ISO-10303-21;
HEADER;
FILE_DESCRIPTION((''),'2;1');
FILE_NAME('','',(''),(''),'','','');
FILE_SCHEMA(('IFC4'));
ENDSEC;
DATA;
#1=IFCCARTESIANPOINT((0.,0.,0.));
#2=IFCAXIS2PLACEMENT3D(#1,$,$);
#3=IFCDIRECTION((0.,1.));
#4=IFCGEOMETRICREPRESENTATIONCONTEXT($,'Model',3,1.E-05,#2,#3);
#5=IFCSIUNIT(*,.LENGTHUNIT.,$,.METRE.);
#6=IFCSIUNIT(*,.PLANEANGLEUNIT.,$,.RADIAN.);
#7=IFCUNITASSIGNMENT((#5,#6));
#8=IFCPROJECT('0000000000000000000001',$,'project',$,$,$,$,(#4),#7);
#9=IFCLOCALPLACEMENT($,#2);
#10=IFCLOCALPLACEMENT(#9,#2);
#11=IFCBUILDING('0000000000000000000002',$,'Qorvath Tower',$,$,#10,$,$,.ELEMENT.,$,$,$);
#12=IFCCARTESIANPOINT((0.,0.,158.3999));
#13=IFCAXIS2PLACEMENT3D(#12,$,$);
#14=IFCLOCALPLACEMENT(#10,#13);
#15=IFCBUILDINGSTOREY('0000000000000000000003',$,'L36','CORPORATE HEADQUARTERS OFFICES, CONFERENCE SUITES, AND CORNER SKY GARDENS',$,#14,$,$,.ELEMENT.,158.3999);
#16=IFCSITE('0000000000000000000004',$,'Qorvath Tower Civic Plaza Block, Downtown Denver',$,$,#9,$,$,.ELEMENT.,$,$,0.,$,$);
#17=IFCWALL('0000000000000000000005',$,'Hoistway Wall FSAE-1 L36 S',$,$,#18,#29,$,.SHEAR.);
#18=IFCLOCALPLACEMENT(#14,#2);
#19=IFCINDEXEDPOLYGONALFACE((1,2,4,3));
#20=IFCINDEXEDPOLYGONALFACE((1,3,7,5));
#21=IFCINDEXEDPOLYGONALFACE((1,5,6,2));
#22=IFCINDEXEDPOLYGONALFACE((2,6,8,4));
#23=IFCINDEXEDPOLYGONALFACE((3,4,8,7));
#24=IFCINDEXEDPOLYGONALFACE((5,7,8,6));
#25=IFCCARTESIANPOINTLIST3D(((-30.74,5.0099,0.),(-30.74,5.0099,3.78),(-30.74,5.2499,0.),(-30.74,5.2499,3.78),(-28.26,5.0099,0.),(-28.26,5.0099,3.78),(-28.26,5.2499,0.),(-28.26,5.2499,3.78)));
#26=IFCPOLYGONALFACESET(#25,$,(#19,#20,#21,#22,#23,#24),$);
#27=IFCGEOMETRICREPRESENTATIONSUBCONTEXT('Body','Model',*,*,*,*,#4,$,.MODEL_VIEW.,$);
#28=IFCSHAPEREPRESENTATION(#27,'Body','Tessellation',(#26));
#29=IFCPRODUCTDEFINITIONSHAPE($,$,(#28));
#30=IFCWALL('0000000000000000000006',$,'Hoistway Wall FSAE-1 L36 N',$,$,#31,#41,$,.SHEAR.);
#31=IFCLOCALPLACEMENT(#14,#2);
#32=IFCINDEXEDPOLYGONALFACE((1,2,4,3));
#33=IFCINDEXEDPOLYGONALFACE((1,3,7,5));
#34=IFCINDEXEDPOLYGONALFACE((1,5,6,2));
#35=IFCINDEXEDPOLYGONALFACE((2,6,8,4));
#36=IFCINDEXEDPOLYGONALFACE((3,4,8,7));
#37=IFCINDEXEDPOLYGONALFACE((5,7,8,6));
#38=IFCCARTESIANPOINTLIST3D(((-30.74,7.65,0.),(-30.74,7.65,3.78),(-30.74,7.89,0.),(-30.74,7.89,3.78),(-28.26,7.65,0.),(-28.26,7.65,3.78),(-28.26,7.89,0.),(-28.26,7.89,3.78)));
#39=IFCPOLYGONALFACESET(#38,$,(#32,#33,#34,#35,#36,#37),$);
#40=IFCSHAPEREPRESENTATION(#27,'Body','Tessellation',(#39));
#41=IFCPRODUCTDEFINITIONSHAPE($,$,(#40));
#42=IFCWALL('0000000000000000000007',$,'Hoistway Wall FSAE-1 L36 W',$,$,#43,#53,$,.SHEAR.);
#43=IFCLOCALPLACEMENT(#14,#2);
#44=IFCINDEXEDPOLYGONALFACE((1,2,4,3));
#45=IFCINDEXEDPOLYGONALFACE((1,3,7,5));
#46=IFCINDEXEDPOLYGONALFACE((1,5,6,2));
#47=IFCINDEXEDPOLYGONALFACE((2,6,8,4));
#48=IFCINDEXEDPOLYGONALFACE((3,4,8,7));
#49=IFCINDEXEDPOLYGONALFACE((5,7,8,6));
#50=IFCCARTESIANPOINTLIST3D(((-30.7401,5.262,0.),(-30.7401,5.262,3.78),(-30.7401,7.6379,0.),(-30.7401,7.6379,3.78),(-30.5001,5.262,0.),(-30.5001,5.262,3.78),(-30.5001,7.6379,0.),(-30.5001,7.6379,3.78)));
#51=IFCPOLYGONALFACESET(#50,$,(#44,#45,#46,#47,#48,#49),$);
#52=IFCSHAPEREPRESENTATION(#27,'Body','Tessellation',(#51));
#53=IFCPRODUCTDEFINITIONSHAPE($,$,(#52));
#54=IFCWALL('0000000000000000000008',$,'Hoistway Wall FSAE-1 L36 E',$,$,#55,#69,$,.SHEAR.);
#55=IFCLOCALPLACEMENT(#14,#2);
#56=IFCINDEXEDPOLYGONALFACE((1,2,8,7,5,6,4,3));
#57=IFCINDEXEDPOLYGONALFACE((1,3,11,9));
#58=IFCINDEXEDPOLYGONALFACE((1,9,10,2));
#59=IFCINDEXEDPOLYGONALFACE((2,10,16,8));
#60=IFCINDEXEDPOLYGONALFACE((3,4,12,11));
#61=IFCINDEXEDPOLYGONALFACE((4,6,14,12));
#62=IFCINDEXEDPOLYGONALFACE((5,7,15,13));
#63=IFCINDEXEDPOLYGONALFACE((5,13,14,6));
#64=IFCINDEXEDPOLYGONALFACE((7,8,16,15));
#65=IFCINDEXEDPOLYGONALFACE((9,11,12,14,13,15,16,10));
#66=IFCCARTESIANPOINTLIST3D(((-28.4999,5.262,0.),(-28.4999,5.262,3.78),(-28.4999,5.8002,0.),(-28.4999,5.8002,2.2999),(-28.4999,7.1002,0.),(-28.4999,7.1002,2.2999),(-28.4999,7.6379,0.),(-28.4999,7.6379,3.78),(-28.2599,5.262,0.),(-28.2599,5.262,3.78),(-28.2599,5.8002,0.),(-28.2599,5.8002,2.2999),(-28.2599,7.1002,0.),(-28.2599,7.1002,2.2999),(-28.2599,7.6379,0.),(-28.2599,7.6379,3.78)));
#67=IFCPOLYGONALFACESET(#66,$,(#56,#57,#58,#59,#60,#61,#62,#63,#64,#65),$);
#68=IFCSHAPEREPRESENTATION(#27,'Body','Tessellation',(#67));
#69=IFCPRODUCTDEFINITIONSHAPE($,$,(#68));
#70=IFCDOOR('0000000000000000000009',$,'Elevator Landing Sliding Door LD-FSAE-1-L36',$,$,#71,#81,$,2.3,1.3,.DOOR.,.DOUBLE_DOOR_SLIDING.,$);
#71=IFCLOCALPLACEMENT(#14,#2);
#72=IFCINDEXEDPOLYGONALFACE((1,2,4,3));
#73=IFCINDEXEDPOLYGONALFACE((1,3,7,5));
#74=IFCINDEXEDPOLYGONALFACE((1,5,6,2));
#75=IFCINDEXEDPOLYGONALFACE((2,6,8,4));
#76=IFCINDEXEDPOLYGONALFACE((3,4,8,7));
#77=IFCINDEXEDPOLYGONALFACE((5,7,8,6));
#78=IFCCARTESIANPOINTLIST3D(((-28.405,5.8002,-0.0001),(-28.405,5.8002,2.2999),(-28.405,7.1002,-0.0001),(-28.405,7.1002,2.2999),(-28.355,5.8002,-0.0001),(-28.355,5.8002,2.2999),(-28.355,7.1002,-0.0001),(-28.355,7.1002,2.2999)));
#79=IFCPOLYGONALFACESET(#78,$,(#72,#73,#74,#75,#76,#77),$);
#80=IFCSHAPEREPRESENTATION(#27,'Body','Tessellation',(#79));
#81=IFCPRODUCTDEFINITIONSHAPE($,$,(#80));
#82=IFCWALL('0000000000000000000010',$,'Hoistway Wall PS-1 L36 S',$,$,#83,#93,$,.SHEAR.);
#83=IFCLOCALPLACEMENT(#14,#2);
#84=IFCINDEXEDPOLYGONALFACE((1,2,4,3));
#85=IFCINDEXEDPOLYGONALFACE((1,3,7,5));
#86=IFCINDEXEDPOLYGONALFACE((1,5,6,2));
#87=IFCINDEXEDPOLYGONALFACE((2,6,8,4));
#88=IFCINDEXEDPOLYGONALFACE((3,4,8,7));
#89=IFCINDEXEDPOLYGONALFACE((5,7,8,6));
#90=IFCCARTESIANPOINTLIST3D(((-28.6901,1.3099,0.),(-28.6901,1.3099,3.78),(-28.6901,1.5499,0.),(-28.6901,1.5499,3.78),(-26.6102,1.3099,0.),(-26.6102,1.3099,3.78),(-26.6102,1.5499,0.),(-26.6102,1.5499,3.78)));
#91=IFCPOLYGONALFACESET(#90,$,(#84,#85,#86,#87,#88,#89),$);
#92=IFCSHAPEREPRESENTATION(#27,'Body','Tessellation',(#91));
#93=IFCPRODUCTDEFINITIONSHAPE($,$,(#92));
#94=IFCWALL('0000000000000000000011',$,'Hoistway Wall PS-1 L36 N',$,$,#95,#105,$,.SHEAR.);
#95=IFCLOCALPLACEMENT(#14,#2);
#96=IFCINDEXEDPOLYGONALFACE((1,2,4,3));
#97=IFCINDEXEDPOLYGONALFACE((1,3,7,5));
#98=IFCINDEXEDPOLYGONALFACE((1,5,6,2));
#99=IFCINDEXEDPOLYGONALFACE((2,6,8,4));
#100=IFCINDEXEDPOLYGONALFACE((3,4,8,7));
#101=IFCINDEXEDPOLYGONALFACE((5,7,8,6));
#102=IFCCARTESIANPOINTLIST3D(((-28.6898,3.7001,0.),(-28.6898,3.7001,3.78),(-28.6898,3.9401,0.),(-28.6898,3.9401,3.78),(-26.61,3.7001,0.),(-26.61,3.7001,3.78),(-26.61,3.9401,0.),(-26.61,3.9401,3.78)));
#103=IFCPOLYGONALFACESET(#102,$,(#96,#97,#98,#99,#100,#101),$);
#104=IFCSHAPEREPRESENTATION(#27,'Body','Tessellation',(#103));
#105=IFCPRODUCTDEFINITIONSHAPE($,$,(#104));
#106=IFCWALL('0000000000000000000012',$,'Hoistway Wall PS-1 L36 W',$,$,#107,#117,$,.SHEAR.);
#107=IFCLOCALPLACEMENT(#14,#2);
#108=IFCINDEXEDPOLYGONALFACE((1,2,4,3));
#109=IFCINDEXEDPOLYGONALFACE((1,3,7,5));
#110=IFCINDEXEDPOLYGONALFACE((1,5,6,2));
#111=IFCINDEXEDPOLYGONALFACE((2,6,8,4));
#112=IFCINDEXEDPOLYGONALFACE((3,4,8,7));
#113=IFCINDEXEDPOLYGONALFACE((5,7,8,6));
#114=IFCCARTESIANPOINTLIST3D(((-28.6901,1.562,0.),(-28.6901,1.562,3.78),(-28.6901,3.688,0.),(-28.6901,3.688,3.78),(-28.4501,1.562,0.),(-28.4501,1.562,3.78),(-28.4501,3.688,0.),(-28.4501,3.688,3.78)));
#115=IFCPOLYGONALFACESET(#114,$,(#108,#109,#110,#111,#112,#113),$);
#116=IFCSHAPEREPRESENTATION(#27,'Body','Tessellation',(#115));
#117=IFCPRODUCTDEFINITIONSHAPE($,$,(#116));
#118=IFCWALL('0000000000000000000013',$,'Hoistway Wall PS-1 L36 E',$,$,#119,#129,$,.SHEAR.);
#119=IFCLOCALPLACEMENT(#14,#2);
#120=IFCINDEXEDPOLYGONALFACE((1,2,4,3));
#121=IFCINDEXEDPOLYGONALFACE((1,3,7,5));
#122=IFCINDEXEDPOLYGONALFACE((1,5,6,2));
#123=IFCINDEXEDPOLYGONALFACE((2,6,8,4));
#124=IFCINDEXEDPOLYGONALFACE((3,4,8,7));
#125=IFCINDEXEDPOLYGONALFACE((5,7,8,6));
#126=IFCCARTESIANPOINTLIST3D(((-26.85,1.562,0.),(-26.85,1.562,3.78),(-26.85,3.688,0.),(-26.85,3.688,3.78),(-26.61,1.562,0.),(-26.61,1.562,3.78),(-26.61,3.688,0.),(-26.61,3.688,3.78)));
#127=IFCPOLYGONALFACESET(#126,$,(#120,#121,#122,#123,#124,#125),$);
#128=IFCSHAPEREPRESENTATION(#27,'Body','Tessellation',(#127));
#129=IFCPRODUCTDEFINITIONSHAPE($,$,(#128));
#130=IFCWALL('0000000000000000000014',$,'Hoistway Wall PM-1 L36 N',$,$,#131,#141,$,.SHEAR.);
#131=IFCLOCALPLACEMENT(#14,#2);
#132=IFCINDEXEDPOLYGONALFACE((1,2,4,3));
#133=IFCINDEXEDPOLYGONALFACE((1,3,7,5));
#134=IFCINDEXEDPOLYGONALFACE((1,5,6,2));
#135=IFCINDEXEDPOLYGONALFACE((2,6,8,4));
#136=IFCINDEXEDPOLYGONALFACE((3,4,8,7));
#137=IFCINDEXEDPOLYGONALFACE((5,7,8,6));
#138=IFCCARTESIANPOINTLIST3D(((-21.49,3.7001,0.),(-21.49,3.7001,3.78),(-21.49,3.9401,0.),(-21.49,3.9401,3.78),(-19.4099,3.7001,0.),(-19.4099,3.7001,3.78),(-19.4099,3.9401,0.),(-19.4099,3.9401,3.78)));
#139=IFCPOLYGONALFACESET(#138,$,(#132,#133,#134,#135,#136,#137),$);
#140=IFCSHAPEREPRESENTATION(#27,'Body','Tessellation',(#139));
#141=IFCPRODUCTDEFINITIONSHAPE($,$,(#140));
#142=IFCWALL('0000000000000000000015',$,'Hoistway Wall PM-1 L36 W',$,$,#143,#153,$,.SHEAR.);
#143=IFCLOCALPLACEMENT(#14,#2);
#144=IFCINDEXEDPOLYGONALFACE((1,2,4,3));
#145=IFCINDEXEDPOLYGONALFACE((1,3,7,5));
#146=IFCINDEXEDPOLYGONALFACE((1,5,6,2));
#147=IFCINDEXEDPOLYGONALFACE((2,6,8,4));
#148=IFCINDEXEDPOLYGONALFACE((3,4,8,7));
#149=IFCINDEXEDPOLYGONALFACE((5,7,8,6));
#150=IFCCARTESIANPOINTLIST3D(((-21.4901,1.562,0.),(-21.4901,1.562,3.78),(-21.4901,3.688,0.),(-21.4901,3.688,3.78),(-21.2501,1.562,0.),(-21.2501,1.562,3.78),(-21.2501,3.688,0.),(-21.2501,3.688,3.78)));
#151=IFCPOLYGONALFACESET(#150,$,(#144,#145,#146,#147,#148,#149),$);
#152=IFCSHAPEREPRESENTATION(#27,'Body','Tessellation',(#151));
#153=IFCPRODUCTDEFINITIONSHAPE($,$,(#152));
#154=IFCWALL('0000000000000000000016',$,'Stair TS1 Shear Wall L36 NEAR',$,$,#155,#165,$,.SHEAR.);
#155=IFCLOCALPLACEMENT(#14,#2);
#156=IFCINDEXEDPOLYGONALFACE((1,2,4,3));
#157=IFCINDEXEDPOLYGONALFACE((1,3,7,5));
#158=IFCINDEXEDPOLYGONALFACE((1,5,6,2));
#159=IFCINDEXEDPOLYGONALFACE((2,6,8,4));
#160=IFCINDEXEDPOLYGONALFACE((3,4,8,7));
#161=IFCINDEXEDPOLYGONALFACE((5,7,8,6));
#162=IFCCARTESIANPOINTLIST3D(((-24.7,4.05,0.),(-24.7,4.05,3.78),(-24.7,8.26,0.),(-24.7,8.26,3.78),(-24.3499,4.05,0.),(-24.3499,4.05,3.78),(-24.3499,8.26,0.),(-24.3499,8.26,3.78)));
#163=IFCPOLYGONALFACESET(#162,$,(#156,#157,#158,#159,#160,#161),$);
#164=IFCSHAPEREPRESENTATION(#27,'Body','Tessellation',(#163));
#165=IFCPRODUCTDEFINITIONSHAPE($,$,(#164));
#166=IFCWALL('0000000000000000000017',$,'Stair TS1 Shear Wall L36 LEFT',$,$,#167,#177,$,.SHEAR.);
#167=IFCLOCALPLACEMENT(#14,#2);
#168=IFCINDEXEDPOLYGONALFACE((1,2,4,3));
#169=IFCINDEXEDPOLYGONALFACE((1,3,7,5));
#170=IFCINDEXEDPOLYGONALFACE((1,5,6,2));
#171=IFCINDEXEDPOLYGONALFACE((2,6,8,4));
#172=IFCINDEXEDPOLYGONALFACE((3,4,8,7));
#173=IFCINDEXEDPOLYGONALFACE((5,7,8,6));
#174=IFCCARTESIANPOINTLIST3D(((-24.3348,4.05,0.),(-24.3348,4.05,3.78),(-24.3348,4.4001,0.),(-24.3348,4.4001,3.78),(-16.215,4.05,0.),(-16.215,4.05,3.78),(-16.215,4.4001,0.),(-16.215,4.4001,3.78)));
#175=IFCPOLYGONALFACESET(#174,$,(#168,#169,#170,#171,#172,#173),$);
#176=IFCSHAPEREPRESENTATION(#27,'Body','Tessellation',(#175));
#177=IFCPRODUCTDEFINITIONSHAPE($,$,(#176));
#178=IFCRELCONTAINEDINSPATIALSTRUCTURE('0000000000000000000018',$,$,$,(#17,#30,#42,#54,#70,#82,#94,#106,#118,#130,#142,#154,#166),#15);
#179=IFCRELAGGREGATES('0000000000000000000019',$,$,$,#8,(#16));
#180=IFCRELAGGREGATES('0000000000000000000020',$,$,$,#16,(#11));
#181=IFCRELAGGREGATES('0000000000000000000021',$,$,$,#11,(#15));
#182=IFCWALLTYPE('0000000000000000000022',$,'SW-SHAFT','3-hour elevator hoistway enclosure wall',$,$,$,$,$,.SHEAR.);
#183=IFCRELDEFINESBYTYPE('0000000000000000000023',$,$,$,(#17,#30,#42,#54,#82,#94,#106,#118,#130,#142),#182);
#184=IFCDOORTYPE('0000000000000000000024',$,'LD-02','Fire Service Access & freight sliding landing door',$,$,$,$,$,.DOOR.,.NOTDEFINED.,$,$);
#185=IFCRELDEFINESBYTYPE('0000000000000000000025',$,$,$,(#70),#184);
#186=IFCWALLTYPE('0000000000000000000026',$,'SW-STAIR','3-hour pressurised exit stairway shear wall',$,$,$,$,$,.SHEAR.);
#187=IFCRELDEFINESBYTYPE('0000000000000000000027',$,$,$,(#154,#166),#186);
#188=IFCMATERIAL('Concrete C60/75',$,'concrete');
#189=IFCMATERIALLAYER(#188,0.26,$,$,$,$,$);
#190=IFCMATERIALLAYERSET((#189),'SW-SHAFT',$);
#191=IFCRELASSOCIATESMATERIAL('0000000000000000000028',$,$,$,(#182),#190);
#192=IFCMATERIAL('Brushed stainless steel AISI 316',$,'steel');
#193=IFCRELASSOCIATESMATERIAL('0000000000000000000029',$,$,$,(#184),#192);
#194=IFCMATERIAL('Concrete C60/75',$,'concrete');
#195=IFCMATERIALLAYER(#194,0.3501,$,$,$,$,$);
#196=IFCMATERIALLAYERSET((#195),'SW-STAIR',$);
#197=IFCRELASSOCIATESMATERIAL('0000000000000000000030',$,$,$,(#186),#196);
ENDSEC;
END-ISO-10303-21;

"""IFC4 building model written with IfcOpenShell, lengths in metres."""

from ifc_helpers import new_model, si_unit, direction, frame, frame_2d, origin, place, context, subcontext, project, spatial, rectangle, extrude, material, layer, layer_set, type_object, element, fill, save


model = new_model("IFC4")

# Units and contexts
model_context = context("Model", 3, precision=1e-05, world=origin(), true_north=direction((0.0, 1.0)))
body_context = subcontext(model_context, "Body", "Model", "MODEL_VIEW")
ifc_project = project(units=[si_unit("LENGTHUNIT", "METRE"), si_unit("PLANEANGLEUNIT", "RADIAN")], contexts=[model_context])

# Site, building, storey
site_placement = place(None, origin())
site = spatial("IfcSite", under=ifc_project, at=site_placement, Name="Qorvath Tower Civic Plaza Block, Downtown Denver", CompositionType="ELEMENT", RefElevation=0.0)
building_placement = place(site_placement, origin())
building = spatial("IfcBuilding", under=site, at=building_placement, Name="Qorvath Tower", CompositionType="ELEMENT")
storey_placement = place(building_placement, frame((0.0, 0.0, 158.3999)))
storey = spatial("IfcBuildingStorey", under=building, at=storey_placement, Name="L36", Description="CORPORATE HEADQUARTERS OFFICES, CONFERENCE SUITES, AND CORNER SKY GARDENS", CompositionType="ELEMENT", Elevation=158.3999)

# Walls
ifc_material_1 = material(Name="Concrete C60/75", Category="concrete")
ifc_layer_1 = layer(ifc_material_1, 0.26)
ifc_layer_set_1 = layer_set([ifc_layer_1], Name="SW-SHAFT")
wall_type_1 = type_object("IfcWallType", Name="SW-SHAFT", Description="3-hour elevator hoistway enclosure wall", PredefinedType="SHEAR", material=ifc_layer_set_1)
for number, where, z_axis, x_axis, name in (
    (1, (-28.26, 5.1299, 0.0), (0.0, 0.0, 1.0), (-1.0, 0.0, 0.0), "Hoistway Wall FSAE-1 L36 S"),
    (2, (-30.74, 7.77, 0.0), (0.0, 0.0, 1.0), (1.0, 0.0, 0.0), "Hoistway Wall FSAE-1 L36 N"),
):
    element("IfcWall", number, at=place(storey_placement, frame(where, z_axis=z_axis, x_axis=x_axis)), inside=storey, type_object=wall_type_1, Name=name, PredefinedType="SHEAR", context=body_context, shape_type="SweptSolid", body=[
        extrude(rectangle(XDim=2.48, YDim=0.24, at=frame_2d((1.24, 0.0))), origin(), (0.0, 0.0, 1.0), 3.78),
    ])
wall_1_placement = place(storey_placement, frame((-30.6201, 5.262, 0.0), z_axis=(0.0, 0.0, 1.0), x_axis=(0.0, 1.0, 0.0)))
element("IfcWall", 3, at=wall_1_placement, inside=storey, type_object=wall_type_1, Name="Hoistway Wall FSAE-1 L36 W", PredefinedType="SHEAR", context=body_context, shape_type="SweptSolid", body=[
    extrude(rectangle(XDim=2.376, YDim=0.24, at=frame_2d((1.188, 0.0))), origin(), (0.0, 0.0, 1.0), 3.78),
])

# Wall, opening, door
wall_2_placement = place(storey_placement, frame((-28.3799, 7.6379, 0.0), z_axis=(0.0, 0.0, 1.0), x_axis=(0.0, -1.0, 0.0)))
wall_2 = element("IfcWall", 4, at=wall_2_placement, inside=storey, type_object=wall_type_1, Name="Hoistway Wall FSAE-1 L36 E", PredefinedType="SHEAR", context=body_context, shape_type="SweptSolid", body=[
    extrude(rectangle(XDim=2.376, YDim=0.24, at=frame_2d((1.188, 0.0))), origin(), (0.0, 0.0, 1.0), 3.78),
])
opening_1_placement = place(wall_2_placement, frame((0.5378, 0.0, 0.0)))
opening_1 = element("IfcOpeningElement", 5, at=opening_1_placement, cuts=wall_2, PredefinedType="OPENING", context=body_context, shape_type="SweptSolid", body=[
    extrude(rectangle(XDim=1.3, YDim=2.3, at=frame_2d((0.6499, 1.1499))), frame((0.0, 0.1299, 0.0), z_axis=(0.0, -1.0, 0.0), x_axis=(1.0, 0.0, 0.0)), (0.0, 0.0, 1.0), 0.26),
])
ifc_material_2 = material(Name="Brushed stainless steel AISI 316", Category="steel")
door_type_1 = type_object("IfcDoorType", Name="LD-02", Description="Fire Service Access & freight sliding landing door", OperationType="NOTDEFINED", PredefinedType="DOOR", material=ifc_material_2)
door_1_placement = place(opening_1_placement, origin())
door_1 = element("IfcDoor", 6, at=door_1_placement, inside=storey, type_object=door_type_1, Name="Elevator Landing Sliding Door LD-FSAE-1-L36", OperationType="DOUBLE_DOOR_SLIDING", OverallHeight=2.3, OverallWidth=1.3, PredefinedType="DOOR", context=body_context, shape_type="SweptSolid", body=[
    extrude(rectangle(XDim=1.3, YDim=2.3, at=frame_2d((0.6499, 1.1499))), frame((0.0, 0.0249, 0.0), z_axis=(0.0, -1.0, 0.0), x_axis=(1.0, 0.0, 0.0)), (0.0, 0.0, 1.0), 0.05),
])
fill(opening_1, door_1)

# Walls
for number, where, z_axis, x_axis, name in (
    (7, (-26.6101, 1.4299, 0.0), (0.0, 0.0, 1.0), (-1.0, 0.0, 0.0), "Hoistway Wall PS-1 L36 S"),
    (8, (-28.6899, 3.8201, 0.0), (0.0, 0.0, 1.0), (1.0, 0.0, 0.0), "Hoistway Wall PS-1 L36 N"),
):
    element("IfcWall", number, at=place(storey_placement, frame(where, z_axis=z_axis, x_axis=x_axis)), inside=storey, type_object=wall_type_1, Name=name, PredefinedType="SHEAR", context=body_context, shape_type="SweptSolid", body=[
        extrude(rectangle(XDim=2.0798, YDim=0.24, at=frame_2d((1.04, 0.0))), origin(), (0.0, 0.0, 1.0), 3.78),
    ])
for number, where, z_axis, x_axis, name in (
    (9, (-28.5701, 1.562, 0.0), (0.0, 0.0, 1.0), (0.0, 1.0, 0.0), "Hoistway Wall PS-1 L36 W"),
    (10, (-26.73, 3.688, 0.0), (0.0, 0.0, 1.0), (0.0, -1.0, 0.0), "Hoistway Wall PS-1 L36 E"),
):
    element("IfcWall", number, at=place(storey_placement, frame(where, z_axis=z_axis, x_axis=x_axis)), inside=storey, type_object=wall_type_1, Name=name, PredefinedType="SHEAR", context=body_context, shape_type="SweptSolid", body=[
        extrude(rectangle(XDim=2.126, YDim=0.24, at=frame_2d((1.063, 0.0))), origin(), (0.0, 0.0, 1.0), 3.78),
    ])
wall_3_placement = place(storey_placement, frame((-21.49, 3.8201, 0.0), z_axis=(0.0, 0.0, 1.0), x_axis=(1.0, 0.0, 0.0)))
element("IfcWall", 11, at=wall_3_placement, inside=storey, type_object=wall_type_1, Name="Hoistway Wall PM-1 L36 N", PredefinedType="SHEAR", context=body_context, shape_type="SweptSolid", body=[
    extrude(rectangle(XDim=2.0801, YDim=0.24, at=frame_2d((1.04, 0.0))), origin(), (0.0, 0.0, 1.0), 3.78),
])
wall_4_placement = place(storey_placement, frame((-21.3701, 1.562, 0.0), z_axis=(0.0, 0.0, 1.0), x_axis=(0.0, 1.0, 0.0)))
element("IfcWall", 12, at=wall_4_placement, inside=storey, type_object=wall_type_1, Name="Hoistway Wall PM-1 L36 W", PredefinedType="SHEAR", context=body_context, shape_type="SweptSolid", body=[
    extrude(rectangle(XDim=2.126, YDim=0.24, at=frame_2d((1.063, 0.0))), origin(), (0.0, 0.0, 1.0), 3.78),
])
ifc_material_3 = material(Name="Concrete C60/75", Category="concrete")
ifc_layer_2 = layer(ifc_material_3, 0.3501)
ifc_layer_set_2 = layer_set([ifc_layer_2], Name="SW-STAIR")
wall_type_2 = type_object("IfcWallType", Name="SW-STAIR", Description="3-hour pressurised exit stairway shear wall", PredefinedType="SHEAR", material=ifc_layer_set_2)
wall_5_placement = place(storey_placement, frame((-24.5249, 8.26, 0.0), z_axis=(0.0, 0.0, 1.0), x_axis=(0.0, -1.0, 0.0)))
element("IfcWall", 13, at=wall_5_placement, inside=storey, type_object=wall_type_2, Name="Stair TS1 Shear Wall L36 NEAR", PredefinedType="SHEAR", context=body_context, shape_type="SweptSolid", body=[
    extrude(rectangle(XDim=4.21, YDim=0.3501, at=frame_2d((2.105, 0.0))), origin(), (0.0, 0.0, 1.0), 3.78),
])
wall_6_placement = place(storey_placement, frame((-24.335, 4.2251, 0.0), z_axis=(0.0, 0.0, 1.0), x_axis=(1.0, 0.0, 0.0)))
element("IfcWall", 14, at=wall_6_placement, inside=storey, type_object=wall_type_2, Name="Stair TS1 Shear Wall L36 LEFT", PredefinedType="SHEAR", context=body_context, shape_type="SweptSolid", body=[
    extrude(rectangle(XDim=8.1199, YDim=0.3501, at=frame_2d((4.0601, 0.0))), origin(), (0.0, 0.0, 1.0), 3.78),
])

save(model, "model.ifc")
